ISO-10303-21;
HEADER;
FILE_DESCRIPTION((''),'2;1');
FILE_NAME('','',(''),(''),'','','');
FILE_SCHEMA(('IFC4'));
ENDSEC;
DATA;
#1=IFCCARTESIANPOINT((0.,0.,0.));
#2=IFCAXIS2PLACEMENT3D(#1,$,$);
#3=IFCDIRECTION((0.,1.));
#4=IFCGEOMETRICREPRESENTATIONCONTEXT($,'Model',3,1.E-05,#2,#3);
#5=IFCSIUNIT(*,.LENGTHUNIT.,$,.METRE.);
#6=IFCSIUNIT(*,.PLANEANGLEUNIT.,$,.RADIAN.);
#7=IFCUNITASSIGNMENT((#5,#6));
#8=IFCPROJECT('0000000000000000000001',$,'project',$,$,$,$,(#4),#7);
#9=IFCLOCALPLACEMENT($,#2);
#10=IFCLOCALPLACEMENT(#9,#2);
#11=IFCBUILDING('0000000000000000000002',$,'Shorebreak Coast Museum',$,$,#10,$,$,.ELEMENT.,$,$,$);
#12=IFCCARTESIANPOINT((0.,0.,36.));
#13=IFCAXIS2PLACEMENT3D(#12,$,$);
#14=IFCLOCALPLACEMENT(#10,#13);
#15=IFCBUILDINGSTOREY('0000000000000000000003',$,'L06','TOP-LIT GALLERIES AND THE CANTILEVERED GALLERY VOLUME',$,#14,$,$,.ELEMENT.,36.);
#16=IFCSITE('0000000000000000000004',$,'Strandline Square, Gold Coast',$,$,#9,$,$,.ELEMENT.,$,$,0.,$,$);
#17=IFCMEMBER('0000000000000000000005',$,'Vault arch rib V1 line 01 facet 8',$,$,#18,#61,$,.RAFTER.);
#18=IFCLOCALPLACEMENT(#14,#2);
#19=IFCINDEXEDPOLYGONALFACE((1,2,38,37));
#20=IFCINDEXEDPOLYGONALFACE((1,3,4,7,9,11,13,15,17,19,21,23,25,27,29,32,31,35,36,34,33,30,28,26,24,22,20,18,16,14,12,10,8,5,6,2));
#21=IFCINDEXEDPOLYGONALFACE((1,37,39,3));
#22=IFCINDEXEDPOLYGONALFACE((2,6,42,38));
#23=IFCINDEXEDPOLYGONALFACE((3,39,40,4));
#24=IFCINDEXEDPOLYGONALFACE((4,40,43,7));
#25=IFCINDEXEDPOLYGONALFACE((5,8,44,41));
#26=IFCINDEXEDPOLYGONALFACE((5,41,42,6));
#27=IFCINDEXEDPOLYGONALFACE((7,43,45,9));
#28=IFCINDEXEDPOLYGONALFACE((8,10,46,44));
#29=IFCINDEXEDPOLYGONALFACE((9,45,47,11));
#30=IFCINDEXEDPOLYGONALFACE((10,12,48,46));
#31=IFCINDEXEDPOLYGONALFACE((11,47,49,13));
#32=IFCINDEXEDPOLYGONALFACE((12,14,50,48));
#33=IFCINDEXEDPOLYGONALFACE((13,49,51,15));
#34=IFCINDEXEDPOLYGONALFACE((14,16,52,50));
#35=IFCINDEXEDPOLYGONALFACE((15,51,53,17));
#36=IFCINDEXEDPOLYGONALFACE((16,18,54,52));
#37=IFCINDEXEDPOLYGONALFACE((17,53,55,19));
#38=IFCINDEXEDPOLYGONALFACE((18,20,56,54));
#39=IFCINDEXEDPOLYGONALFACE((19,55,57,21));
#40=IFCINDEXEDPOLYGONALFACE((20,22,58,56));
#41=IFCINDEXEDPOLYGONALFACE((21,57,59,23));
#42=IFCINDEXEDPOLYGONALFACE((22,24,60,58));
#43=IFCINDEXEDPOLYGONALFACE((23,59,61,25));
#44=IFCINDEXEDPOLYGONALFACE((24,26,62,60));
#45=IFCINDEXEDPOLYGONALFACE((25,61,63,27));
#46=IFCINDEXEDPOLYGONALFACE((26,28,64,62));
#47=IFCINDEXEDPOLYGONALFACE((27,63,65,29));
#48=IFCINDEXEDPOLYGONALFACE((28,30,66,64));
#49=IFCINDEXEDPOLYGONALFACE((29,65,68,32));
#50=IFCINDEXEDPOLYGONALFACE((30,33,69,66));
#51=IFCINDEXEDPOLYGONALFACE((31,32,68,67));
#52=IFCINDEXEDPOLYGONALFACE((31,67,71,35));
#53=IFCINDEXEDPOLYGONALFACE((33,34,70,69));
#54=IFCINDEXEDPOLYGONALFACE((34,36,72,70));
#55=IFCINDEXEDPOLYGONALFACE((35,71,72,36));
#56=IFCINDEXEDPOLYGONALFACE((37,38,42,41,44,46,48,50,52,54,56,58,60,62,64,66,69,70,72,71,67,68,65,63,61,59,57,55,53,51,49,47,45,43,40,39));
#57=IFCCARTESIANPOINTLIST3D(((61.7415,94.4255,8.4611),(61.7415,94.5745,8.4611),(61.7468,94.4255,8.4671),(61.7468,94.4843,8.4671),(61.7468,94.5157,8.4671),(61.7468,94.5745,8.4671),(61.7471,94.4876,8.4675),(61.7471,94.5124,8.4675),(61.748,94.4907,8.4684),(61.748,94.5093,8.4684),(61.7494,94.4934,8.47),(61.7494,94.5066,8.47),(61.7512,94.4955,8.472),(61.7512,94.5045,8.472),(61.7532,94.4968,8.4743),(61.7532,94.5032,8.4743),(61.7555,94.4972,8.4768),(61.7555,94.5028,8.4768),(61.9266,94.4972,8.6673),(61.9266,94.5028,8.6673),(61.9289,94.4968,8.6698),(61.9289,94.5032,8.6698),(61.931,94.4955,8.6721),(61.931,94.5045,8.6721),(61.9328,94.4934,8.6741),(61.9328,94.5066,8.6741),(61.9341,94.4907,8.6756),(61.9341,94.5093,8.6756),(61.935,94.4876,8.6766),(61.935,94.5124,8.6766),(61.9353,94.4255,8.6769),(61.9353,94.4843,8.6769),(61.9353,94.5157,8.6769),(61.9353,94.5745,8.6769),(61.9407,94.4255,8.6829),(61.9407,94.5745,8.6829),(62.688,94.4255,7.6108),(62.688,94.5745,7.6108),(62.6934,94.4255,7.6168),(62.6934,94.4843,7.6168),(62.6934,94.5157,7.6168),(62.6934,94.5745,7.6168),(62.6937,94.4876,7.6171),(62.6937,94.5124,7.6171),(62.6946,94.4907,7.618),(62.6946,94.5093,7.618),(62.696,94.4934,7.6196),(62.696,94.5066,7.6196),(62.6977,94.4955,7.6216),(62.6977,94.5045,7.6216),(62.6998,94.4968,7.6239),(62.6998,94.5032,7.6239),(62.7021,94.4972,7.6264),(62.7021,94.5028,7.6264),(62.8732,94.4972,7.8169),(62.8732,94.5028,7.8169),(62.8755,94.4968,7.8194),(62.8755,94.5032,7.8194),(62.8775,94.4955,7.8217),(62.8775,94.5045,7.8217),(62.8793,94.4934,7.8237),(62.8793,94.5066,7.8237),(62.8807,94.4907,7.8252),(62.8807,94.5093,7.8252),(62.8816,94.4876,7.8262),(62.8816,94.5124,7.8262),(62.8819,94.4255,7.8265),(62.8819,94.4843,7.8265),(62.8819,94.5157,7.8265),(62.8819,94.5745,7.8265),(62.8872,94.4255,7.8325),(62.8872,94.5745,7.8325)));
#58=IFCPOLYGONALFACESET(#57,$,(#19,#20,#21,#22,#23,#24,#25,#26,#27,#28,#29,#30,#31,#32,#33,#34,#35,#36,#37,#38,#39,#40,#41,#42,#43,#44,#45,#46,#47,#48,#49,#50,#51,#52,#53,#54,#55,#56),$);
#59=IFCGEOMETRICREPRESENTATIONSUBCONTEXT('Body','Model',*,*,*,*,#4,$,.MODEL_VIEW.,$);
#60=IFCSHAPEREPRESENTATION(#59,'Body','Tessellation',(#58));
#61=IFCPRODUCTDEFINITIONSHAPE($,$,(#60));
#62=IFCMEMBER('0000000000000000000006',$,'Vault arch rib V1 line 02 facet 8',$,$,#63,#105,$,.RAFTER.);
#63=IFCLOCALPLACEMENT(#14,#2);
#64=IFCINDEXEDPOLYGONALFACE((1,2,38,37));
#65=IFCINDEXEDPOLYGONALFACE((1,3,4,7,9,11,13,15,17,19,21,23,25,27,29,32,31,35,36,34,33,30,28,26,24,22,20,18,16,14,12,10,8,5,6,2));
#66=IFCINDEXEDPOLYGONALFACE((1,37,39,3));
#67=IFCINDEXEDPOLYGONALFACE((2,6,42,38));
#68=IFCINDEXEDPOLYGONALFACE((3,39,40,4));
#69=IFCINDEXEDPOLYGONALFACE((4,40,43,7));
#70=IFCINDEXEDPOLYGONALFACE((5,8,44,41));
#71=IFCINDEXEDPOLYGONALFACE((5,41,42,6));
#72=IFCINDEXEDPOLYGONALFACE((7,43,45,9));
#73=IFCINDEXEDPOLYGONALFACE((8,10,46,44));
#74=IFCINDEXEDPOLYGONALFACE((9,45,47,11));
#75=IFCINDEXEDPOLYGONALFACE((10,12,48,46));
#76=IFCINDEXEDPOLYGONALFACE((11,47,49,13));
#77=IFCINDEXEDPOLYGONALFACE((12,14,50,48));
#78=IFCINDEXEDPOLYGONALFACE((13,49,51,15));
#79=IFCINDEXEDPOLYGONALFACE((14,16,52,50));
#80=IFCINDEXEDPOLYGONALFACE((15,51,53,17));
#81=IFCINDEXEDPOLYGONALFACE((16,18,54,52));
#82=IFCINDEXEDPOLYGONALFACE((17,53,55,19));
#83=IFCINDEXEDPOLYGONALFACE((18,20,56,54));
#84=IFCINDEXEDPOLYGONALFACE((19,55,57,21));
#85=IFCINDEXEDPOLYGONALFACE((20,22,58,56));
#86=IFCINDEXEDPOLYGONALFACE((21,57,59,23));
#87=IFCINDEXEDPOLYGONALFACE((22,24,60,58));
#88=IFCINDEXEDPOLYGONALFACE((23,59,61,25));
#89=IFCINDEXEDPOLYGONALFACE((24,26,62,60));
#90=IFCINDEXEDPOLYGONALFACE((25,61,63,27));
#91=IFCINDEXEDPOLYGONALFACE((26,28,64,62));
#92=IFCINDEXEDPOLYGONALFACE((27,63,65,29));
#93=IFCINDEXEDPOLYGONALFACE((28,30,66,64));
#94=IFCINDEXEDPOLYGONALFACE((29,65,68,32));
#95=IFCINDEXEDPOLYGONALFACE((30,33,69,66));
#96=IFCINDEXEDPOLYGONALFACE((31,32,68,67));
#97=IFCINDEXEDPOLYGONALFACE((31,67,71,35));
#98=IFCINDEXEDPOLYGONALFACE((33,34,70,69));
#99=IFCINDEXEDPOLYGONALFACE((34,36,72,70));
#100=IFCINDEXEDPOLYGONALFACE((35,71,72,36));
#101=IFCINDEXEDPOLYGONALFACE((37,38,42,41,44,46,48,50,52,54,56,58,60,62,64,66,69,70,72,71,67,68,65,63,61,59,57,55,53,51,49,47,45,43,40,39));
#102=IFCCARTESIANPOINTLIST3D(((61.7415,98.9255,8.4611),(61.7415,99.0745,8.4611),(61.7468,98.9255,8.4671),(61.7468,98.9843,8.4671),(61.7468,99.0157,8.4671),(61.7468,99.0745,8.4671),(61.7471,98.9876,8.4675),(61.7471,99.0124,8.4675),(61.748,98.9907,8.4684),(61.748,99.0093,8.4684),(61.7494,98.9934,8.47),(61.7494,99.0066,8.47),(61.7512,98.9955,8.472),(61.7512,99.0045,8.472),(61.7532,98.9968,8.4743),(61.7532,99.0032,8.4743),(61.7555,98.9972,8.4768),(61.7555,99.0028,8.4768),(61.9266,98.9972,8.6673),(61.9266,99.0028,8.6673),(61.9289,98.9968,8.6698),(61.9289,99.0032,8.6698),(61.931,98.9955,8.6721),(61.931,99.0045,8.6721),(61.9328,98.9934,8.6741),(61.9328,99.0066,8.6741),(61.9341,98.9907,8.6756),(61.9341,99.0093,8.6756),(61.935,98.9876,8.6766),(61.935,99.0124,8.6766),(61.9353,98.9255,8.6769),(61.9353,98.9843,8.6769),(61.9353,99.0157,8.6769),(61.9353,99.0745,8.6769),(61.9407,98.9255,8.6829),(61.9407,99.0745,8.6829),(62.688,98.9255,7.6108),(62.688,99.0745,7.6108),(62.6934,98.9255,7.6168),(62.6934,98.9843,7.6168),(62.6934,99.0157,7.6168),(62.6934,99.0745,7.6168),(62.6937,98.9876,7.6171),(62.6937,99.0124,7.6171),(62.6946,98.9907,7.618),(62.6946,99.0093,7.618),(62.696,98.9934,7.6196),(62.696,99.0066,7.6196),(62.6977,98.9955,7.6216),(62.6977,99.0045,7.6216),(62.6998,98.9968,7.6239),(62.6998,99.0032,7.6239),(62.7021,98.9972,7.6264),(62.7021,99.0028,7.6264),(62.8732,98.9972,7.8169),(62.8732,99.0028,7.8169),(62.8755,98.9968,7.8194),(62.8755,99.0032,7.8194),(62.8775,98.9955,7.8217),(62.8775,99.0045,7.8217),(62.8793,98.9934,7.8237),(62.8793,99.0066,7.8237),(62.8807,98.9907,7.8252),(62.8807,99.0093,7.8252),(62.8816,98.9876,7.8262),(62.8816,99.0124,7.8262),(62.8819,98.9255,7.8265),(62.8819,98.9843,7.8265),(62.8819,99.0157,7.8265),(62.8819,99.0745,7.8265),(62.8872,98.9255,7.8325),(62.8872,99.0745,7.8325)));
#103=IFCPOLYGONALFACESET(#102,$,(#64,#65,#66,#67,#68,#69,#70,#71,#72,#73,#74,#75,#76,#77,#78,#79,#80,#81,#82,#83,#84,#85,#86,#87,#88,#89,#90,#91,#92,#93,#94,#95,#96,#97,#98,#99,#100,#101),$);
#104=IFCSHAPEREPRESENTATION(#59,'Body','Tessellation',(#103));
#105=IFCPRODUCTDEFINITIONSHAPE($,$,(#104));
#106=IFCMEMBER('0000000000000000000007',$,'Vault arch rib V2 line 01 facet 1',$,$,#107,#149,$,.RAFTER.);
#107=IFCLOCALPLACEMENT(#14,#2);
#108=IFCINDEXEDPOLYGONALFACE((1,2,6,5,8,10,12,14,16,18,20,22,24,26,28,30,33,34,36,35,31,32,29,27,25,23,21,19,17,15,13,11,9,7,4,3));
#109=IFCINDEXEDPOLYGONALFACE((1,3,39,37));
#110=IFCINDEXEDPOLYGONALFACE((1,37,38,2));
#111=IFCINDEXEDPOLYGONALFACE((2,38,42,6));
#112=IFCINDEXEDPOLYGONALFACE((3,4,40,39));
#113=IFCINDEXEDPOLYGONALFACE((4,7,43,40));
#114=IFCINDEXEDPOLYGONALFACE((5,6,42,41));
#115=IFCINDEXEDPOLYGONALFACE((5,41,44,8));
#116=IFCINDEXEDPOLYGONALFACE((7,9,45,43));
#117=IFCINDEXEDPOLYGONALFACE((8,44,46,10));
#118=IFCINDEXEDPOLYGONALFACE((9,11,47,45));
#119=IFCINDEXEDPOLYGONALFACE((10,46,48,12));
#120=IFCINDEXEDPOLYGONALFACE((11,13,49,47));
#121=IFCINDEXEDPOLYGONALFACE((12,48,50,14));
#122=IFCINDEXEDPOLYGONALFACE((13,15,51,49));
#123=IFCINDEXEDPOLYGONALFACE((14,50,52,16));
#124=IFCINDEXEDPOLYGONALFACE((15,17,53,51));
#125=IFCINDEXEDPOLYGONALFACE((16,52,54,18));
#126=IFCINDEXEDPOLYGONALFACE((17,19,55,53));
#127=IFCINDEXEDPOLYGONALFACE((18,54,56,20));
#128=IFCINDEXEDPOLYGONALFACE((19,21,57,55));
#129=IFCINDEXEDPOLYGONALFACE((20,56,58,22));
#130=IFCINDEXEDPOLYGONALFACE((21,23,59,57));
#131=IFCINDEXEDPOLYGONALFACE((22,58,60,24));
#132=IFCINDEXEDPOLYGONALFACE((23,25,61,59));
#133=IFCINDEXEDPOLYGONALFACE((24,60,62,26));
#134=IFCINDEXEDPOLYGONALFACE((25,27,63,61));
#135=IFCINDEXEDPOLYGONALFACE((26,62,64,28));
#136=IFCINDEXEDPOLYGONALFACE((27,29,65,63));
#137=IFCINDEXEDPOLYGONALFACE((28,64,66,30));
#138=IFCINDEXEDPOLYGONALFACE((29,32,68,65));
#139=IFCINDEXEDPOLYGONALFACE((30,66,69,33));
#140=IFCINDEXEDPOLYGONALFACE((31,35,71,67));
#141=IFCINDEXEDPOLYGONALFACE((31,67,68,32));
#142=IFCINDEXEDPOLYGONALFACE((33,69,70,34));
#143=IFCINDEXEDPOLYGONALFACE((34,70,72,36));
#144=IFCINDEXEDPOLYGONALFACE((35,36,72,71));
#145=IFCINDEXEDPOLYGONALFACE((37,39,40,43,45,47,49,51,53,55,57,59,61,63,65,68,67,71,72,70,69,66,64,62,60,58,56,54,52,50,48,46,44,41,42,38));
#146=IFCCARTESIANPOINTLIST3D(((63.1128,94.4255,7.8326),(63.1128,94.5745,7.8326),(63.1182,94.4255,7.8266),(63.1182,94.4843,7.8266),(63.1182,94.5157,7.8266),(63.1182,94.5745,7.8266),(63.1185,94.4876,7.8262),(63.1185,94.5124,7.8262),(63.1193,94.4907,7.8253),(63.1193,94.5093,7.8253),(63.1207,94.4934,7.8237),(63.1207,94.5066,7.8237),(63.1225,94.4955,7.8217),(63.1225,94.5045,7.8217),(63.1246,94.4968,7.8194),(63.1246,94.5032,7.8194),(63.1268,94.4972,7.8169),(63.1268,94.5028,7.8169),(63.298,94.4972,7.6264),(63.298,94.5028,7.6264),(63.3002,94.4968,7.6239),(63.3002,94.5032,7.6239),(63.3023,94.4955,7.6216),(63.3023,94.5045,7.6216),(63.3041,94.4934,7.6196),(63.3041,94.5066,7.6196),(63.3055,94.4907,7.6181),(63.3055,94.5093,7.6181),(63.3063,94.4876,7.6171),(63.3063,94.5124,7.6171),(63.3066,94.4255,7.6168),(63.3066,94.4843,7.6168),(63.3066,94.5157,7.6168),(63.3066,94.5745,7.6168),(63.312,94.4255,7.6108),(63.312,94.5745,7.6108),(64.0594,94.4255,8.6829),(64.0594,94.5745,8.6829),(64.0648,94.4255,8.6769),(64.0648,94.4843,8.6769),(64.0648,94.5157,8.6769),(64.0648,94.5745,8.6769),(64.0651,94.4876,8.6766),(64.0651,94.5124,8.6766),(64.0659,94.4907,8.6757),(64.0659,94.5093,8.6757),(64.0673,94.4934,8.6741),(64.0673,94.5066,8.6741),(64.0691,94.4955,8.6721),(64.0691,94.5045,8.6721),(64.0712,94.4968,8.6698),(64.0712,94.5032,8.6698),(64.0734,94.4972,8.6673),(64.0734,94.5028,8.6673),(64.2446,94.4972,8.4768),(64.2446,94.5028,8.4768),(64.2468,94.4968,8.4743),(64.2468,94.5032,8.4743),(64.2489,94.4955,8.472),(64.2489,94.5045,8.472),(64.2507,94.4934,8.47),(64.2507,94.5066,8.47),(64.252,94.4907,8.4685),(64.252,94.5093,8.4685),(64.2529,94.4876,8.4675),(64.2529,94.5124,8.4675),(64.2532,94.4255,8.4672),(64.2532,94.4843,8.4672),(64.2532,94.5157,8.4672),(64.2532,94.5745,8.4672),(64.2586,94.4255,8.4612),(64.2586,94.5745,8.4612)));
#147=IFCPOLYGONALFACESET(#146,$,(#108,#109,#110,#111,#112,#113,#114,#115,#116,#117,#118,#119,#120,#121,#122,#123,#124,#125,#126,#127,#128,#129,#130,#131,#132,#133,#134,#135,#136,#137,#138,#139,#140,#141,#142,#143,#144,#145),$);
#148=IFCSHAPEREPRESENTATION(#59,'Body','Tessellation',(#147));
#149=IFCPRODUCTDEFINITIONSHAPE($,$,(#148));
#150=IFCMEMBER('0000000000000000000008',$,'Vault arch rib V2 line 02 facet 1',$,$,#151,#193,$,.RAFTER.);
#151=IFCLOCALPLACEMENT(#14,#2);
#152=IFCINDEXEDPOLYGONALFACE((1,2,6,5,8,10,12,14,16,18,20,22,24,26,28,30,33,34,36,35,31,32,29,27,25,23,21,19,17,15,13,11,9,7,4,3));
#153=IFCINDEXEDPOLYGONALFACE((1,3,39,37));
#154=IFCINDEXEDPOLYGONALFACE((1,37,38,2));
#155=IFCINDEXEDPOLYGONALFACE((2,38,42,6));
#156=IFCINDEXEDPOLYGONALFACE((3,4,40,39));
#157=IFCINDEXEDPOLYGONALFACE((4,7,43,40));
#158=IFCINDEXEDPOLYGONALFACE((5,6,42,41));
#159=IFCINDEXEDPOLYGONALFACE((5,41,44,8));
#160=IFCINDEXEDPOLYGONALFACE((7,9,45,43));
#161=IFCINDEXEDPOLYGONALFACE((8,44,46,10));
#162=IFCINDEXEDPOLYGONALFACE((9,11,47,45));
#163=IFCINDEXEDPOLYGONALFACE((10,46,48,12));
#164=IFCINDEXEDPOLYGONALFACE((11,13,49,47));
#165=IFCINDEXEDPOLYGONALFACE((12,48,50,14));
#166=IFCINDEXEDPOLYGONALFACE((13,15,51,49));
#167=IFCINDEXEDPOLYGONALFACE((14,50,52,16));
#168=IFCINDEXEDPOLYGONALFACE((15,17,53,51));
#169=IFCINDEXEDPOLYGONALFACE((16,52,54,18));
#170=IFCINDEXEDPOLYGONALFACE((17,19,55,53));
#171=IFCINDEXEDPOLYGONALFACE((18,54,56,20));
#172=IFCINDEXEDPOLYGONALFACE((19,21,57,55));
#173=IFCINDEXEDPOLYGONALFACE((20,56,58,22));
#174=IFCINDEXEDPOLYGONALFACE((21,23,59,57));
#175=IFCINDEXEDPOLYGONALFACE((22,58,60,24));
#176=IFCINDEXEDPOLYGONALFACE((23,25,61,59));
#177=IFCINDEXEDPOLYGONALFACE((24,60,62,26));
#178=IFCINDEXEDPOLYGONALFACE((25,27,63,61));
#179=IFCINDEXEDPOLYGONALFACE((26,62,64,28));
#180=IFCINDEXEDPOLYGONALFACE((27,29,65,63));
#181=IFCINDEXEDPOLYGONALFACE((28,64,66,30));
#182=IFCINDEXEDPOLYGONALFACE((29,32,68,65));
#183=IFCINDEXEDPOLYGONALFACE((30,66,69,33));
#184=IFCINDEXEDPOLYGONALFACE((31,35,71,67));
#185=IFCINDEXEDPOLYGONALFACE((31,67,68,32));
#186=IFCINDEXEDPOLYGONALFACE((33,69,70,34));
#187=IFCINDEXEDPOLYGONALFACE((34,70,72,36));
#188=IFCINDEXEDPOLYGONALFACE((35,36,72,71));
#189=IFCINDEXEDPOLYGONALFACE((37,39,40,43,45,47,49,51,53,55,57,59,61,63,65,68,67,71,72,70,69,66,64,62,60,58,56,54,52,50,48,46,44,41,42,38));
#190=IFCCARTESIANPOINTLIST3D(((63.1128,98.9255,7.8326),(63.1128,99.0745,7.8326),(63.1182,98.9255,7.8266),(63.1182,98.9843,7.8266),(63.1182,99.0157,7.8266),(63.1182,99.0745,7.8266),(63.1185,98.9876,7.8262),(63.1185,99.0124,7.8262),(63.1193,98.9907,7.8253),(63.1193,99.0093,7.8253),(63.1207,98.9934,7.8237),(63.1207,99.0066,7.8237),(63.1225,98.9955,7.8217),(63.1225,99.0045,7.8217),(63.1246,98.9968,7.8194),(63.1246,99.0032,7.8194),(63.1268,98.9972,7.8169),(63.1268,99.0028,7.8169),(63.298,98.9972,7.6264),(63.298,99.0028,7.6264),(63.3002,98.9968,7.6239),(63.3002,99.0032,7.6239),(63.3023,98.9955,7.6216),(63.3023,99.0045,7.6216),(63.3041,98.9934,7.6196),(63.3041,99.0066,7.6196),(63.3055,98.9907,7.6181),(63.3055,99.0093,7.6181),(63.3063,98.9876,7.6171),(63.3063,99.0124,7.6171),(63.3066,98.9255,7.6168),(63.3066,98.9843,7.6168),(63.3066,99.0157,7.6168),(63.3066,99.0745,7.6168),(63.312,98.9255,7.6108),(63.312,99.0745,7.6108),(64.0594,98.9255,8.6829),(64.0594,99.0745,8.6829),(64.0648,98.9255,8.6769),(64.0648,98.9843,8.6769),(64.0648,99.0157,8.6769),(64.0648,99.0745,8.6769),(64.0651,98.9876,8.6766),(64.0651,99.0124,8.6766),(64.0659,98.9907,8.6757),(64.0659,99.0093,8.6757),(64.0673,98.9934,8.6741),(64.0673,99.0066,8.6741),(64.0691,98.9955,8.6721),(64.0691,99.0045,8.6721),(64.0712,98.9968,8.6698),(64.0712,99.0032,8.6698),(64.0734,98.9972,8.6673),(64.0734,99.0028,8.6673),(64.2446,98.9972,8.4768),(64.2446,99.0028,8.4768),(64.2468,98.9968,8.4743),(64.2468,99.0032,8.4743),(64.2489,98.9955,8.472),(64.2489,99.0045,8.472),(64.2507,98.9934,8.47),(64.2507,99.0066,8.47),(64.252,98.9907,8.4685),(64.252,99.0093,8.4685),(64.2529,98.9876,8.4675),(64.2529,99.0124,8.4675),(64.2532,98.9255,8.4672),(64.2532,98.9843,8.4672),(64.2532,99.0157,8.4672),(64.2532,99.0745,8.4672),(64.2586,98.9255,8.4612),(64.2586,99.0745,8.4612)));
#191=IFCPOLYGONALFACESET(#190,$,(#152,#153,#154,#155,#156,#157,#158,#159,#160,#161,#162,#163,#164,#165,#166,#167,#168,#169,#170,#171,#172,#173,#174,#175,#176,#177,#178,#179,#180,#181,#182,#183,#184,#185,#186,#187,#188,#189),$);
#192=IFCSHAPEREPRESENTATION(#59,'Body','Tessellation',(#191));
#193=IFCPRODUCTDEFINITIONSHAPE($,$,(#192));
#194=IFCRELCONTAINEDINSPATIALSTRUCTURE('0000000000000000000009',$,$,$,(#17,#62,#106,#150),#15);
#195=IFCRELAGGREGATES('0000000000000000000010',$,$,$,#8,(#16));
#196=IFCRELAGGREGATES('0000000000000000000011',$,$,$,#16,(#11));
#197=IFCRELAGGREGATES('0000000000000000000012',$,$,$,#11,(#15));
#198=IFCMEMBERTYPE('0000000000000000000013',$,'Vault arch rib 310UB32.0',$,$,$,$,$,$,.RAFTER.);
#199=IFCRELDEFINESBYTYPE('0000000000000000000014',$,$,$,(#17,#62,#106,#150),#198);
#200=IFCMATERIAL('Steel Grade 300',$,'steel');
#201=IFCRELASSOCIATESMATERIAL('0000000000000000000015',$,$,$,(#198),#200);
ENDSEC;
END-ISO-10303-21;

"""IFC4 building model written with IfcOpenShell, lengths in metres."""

from ifc_helpers import new_model, si_unit, direction, frame, origin, origin_2d, place, context, subcontext, project, spatial, i_section, extrude, material, material_profile, profile_set, type_object, element, save


model = new_model("IFC4")

# Units and contexts
model_context = context("Model", 3, precision=1e-05, world=origin(), true_north=direction((0.0, 1.0)))
body_context = subcontext(model_context, "Body", "Model", "MODEL_VIEW")
ifc_project = project(units=[si_unit("LENGTHUNIT", "METRE"), si_unit("PLANEANGLEUNIT", "RADIAN")], contexts=[model_context])

# Site, building, storey
site_placement = place(None, origin())
site = spatial("IfcSite", under=ifc_project, at=site_placement, Name="Strandline Square, Gold Coast", CompositionType="ELEMENT", RefElevation=0.0)
building_placement = place(site_placement, origin())
building = spatial("IfcBuilding", under=site, at=building_placement, Name="Shorebreak Coast Museum", CompositionType="ELEMENT")
storey_placement = place(building_placement, frame((0.0, 0.0, 36.0)))
storey = spatial("IfcBuildingStorey", under=building, at=storey_placement, Name="L06", Description="TOP-LIT GALLERIES AND THE CANTILEVERED GALLERY VOLUME", CompositionType="ELEMENT", Elevation=36.0)

# Members
ifc_material_1 = material(Name="Steel Grade 300", Category="steel")
ifc_material_profile_1 = material_profile(ifc_material_1, i_section(OverallWidth=0.1489, OverallDepth=0.2981, WebThickness=0.0056, FlangeThickness=0.0081, FilletRadius=0.0129, at=origin_2d()), Name="310UB32.0")
ifc_profile_set_1 = profile_set([ifc_material_profile_1], Name="Steel Grade 300")
member_type_1 = type_object("IfcMemberType", Name="Vault arch rib 310UB32.0", PredefinedType="RAFTER", material=ifc_profile_set_1)
for number, where, z_axis, x_axis, name in (
    (1, (61.8411, 94.5, 8.572), (0.743895, 0.0, -0.668297), (0.0, 1.0, 0.0), "Vault arch rib V1 line 01 facet 8"),
    (2, (61.8411, 99.0, 8.572), (0.743895, 0.0, -0.668297), (0.0, 1.0, 0.0), "Vault arch rib V1 line 02 facet 8"),
    (3, (63.2124, 94.5, 7.7217), (0.743895, 0.0, 0.668297), (0.0, 1.0, 0.0), "Vault arch rib V2 line 01 facet 1"),
    (4, (63.2124, 99.0, 7.7217), (0.743895, 0.0, 0.668297), (0.0, 1.0, 0.0), "Vault arch rib V2 line 02 facet 1"),
):
    element("IfcMember", number, at=place(storey_placement, frame(where, z_axis=z_axis, x_axis=x_axis)), inside=storey, type_object=member_type_1, Name=name, PredefinedType="RAFTER", context=body_context, shape_type="SweptSolid", body=[
        extrude(i_section(OverallWidth=0.1489, OverallDepth=0.2981, WebThickness=0.0056, FlangeThickness=0.0081, FilletRadius=0.0129, at=origin_2d()), origin(), (0.0, 0.0, 1.0), 1.2725),
    ])

save(model, "model.ifc")
